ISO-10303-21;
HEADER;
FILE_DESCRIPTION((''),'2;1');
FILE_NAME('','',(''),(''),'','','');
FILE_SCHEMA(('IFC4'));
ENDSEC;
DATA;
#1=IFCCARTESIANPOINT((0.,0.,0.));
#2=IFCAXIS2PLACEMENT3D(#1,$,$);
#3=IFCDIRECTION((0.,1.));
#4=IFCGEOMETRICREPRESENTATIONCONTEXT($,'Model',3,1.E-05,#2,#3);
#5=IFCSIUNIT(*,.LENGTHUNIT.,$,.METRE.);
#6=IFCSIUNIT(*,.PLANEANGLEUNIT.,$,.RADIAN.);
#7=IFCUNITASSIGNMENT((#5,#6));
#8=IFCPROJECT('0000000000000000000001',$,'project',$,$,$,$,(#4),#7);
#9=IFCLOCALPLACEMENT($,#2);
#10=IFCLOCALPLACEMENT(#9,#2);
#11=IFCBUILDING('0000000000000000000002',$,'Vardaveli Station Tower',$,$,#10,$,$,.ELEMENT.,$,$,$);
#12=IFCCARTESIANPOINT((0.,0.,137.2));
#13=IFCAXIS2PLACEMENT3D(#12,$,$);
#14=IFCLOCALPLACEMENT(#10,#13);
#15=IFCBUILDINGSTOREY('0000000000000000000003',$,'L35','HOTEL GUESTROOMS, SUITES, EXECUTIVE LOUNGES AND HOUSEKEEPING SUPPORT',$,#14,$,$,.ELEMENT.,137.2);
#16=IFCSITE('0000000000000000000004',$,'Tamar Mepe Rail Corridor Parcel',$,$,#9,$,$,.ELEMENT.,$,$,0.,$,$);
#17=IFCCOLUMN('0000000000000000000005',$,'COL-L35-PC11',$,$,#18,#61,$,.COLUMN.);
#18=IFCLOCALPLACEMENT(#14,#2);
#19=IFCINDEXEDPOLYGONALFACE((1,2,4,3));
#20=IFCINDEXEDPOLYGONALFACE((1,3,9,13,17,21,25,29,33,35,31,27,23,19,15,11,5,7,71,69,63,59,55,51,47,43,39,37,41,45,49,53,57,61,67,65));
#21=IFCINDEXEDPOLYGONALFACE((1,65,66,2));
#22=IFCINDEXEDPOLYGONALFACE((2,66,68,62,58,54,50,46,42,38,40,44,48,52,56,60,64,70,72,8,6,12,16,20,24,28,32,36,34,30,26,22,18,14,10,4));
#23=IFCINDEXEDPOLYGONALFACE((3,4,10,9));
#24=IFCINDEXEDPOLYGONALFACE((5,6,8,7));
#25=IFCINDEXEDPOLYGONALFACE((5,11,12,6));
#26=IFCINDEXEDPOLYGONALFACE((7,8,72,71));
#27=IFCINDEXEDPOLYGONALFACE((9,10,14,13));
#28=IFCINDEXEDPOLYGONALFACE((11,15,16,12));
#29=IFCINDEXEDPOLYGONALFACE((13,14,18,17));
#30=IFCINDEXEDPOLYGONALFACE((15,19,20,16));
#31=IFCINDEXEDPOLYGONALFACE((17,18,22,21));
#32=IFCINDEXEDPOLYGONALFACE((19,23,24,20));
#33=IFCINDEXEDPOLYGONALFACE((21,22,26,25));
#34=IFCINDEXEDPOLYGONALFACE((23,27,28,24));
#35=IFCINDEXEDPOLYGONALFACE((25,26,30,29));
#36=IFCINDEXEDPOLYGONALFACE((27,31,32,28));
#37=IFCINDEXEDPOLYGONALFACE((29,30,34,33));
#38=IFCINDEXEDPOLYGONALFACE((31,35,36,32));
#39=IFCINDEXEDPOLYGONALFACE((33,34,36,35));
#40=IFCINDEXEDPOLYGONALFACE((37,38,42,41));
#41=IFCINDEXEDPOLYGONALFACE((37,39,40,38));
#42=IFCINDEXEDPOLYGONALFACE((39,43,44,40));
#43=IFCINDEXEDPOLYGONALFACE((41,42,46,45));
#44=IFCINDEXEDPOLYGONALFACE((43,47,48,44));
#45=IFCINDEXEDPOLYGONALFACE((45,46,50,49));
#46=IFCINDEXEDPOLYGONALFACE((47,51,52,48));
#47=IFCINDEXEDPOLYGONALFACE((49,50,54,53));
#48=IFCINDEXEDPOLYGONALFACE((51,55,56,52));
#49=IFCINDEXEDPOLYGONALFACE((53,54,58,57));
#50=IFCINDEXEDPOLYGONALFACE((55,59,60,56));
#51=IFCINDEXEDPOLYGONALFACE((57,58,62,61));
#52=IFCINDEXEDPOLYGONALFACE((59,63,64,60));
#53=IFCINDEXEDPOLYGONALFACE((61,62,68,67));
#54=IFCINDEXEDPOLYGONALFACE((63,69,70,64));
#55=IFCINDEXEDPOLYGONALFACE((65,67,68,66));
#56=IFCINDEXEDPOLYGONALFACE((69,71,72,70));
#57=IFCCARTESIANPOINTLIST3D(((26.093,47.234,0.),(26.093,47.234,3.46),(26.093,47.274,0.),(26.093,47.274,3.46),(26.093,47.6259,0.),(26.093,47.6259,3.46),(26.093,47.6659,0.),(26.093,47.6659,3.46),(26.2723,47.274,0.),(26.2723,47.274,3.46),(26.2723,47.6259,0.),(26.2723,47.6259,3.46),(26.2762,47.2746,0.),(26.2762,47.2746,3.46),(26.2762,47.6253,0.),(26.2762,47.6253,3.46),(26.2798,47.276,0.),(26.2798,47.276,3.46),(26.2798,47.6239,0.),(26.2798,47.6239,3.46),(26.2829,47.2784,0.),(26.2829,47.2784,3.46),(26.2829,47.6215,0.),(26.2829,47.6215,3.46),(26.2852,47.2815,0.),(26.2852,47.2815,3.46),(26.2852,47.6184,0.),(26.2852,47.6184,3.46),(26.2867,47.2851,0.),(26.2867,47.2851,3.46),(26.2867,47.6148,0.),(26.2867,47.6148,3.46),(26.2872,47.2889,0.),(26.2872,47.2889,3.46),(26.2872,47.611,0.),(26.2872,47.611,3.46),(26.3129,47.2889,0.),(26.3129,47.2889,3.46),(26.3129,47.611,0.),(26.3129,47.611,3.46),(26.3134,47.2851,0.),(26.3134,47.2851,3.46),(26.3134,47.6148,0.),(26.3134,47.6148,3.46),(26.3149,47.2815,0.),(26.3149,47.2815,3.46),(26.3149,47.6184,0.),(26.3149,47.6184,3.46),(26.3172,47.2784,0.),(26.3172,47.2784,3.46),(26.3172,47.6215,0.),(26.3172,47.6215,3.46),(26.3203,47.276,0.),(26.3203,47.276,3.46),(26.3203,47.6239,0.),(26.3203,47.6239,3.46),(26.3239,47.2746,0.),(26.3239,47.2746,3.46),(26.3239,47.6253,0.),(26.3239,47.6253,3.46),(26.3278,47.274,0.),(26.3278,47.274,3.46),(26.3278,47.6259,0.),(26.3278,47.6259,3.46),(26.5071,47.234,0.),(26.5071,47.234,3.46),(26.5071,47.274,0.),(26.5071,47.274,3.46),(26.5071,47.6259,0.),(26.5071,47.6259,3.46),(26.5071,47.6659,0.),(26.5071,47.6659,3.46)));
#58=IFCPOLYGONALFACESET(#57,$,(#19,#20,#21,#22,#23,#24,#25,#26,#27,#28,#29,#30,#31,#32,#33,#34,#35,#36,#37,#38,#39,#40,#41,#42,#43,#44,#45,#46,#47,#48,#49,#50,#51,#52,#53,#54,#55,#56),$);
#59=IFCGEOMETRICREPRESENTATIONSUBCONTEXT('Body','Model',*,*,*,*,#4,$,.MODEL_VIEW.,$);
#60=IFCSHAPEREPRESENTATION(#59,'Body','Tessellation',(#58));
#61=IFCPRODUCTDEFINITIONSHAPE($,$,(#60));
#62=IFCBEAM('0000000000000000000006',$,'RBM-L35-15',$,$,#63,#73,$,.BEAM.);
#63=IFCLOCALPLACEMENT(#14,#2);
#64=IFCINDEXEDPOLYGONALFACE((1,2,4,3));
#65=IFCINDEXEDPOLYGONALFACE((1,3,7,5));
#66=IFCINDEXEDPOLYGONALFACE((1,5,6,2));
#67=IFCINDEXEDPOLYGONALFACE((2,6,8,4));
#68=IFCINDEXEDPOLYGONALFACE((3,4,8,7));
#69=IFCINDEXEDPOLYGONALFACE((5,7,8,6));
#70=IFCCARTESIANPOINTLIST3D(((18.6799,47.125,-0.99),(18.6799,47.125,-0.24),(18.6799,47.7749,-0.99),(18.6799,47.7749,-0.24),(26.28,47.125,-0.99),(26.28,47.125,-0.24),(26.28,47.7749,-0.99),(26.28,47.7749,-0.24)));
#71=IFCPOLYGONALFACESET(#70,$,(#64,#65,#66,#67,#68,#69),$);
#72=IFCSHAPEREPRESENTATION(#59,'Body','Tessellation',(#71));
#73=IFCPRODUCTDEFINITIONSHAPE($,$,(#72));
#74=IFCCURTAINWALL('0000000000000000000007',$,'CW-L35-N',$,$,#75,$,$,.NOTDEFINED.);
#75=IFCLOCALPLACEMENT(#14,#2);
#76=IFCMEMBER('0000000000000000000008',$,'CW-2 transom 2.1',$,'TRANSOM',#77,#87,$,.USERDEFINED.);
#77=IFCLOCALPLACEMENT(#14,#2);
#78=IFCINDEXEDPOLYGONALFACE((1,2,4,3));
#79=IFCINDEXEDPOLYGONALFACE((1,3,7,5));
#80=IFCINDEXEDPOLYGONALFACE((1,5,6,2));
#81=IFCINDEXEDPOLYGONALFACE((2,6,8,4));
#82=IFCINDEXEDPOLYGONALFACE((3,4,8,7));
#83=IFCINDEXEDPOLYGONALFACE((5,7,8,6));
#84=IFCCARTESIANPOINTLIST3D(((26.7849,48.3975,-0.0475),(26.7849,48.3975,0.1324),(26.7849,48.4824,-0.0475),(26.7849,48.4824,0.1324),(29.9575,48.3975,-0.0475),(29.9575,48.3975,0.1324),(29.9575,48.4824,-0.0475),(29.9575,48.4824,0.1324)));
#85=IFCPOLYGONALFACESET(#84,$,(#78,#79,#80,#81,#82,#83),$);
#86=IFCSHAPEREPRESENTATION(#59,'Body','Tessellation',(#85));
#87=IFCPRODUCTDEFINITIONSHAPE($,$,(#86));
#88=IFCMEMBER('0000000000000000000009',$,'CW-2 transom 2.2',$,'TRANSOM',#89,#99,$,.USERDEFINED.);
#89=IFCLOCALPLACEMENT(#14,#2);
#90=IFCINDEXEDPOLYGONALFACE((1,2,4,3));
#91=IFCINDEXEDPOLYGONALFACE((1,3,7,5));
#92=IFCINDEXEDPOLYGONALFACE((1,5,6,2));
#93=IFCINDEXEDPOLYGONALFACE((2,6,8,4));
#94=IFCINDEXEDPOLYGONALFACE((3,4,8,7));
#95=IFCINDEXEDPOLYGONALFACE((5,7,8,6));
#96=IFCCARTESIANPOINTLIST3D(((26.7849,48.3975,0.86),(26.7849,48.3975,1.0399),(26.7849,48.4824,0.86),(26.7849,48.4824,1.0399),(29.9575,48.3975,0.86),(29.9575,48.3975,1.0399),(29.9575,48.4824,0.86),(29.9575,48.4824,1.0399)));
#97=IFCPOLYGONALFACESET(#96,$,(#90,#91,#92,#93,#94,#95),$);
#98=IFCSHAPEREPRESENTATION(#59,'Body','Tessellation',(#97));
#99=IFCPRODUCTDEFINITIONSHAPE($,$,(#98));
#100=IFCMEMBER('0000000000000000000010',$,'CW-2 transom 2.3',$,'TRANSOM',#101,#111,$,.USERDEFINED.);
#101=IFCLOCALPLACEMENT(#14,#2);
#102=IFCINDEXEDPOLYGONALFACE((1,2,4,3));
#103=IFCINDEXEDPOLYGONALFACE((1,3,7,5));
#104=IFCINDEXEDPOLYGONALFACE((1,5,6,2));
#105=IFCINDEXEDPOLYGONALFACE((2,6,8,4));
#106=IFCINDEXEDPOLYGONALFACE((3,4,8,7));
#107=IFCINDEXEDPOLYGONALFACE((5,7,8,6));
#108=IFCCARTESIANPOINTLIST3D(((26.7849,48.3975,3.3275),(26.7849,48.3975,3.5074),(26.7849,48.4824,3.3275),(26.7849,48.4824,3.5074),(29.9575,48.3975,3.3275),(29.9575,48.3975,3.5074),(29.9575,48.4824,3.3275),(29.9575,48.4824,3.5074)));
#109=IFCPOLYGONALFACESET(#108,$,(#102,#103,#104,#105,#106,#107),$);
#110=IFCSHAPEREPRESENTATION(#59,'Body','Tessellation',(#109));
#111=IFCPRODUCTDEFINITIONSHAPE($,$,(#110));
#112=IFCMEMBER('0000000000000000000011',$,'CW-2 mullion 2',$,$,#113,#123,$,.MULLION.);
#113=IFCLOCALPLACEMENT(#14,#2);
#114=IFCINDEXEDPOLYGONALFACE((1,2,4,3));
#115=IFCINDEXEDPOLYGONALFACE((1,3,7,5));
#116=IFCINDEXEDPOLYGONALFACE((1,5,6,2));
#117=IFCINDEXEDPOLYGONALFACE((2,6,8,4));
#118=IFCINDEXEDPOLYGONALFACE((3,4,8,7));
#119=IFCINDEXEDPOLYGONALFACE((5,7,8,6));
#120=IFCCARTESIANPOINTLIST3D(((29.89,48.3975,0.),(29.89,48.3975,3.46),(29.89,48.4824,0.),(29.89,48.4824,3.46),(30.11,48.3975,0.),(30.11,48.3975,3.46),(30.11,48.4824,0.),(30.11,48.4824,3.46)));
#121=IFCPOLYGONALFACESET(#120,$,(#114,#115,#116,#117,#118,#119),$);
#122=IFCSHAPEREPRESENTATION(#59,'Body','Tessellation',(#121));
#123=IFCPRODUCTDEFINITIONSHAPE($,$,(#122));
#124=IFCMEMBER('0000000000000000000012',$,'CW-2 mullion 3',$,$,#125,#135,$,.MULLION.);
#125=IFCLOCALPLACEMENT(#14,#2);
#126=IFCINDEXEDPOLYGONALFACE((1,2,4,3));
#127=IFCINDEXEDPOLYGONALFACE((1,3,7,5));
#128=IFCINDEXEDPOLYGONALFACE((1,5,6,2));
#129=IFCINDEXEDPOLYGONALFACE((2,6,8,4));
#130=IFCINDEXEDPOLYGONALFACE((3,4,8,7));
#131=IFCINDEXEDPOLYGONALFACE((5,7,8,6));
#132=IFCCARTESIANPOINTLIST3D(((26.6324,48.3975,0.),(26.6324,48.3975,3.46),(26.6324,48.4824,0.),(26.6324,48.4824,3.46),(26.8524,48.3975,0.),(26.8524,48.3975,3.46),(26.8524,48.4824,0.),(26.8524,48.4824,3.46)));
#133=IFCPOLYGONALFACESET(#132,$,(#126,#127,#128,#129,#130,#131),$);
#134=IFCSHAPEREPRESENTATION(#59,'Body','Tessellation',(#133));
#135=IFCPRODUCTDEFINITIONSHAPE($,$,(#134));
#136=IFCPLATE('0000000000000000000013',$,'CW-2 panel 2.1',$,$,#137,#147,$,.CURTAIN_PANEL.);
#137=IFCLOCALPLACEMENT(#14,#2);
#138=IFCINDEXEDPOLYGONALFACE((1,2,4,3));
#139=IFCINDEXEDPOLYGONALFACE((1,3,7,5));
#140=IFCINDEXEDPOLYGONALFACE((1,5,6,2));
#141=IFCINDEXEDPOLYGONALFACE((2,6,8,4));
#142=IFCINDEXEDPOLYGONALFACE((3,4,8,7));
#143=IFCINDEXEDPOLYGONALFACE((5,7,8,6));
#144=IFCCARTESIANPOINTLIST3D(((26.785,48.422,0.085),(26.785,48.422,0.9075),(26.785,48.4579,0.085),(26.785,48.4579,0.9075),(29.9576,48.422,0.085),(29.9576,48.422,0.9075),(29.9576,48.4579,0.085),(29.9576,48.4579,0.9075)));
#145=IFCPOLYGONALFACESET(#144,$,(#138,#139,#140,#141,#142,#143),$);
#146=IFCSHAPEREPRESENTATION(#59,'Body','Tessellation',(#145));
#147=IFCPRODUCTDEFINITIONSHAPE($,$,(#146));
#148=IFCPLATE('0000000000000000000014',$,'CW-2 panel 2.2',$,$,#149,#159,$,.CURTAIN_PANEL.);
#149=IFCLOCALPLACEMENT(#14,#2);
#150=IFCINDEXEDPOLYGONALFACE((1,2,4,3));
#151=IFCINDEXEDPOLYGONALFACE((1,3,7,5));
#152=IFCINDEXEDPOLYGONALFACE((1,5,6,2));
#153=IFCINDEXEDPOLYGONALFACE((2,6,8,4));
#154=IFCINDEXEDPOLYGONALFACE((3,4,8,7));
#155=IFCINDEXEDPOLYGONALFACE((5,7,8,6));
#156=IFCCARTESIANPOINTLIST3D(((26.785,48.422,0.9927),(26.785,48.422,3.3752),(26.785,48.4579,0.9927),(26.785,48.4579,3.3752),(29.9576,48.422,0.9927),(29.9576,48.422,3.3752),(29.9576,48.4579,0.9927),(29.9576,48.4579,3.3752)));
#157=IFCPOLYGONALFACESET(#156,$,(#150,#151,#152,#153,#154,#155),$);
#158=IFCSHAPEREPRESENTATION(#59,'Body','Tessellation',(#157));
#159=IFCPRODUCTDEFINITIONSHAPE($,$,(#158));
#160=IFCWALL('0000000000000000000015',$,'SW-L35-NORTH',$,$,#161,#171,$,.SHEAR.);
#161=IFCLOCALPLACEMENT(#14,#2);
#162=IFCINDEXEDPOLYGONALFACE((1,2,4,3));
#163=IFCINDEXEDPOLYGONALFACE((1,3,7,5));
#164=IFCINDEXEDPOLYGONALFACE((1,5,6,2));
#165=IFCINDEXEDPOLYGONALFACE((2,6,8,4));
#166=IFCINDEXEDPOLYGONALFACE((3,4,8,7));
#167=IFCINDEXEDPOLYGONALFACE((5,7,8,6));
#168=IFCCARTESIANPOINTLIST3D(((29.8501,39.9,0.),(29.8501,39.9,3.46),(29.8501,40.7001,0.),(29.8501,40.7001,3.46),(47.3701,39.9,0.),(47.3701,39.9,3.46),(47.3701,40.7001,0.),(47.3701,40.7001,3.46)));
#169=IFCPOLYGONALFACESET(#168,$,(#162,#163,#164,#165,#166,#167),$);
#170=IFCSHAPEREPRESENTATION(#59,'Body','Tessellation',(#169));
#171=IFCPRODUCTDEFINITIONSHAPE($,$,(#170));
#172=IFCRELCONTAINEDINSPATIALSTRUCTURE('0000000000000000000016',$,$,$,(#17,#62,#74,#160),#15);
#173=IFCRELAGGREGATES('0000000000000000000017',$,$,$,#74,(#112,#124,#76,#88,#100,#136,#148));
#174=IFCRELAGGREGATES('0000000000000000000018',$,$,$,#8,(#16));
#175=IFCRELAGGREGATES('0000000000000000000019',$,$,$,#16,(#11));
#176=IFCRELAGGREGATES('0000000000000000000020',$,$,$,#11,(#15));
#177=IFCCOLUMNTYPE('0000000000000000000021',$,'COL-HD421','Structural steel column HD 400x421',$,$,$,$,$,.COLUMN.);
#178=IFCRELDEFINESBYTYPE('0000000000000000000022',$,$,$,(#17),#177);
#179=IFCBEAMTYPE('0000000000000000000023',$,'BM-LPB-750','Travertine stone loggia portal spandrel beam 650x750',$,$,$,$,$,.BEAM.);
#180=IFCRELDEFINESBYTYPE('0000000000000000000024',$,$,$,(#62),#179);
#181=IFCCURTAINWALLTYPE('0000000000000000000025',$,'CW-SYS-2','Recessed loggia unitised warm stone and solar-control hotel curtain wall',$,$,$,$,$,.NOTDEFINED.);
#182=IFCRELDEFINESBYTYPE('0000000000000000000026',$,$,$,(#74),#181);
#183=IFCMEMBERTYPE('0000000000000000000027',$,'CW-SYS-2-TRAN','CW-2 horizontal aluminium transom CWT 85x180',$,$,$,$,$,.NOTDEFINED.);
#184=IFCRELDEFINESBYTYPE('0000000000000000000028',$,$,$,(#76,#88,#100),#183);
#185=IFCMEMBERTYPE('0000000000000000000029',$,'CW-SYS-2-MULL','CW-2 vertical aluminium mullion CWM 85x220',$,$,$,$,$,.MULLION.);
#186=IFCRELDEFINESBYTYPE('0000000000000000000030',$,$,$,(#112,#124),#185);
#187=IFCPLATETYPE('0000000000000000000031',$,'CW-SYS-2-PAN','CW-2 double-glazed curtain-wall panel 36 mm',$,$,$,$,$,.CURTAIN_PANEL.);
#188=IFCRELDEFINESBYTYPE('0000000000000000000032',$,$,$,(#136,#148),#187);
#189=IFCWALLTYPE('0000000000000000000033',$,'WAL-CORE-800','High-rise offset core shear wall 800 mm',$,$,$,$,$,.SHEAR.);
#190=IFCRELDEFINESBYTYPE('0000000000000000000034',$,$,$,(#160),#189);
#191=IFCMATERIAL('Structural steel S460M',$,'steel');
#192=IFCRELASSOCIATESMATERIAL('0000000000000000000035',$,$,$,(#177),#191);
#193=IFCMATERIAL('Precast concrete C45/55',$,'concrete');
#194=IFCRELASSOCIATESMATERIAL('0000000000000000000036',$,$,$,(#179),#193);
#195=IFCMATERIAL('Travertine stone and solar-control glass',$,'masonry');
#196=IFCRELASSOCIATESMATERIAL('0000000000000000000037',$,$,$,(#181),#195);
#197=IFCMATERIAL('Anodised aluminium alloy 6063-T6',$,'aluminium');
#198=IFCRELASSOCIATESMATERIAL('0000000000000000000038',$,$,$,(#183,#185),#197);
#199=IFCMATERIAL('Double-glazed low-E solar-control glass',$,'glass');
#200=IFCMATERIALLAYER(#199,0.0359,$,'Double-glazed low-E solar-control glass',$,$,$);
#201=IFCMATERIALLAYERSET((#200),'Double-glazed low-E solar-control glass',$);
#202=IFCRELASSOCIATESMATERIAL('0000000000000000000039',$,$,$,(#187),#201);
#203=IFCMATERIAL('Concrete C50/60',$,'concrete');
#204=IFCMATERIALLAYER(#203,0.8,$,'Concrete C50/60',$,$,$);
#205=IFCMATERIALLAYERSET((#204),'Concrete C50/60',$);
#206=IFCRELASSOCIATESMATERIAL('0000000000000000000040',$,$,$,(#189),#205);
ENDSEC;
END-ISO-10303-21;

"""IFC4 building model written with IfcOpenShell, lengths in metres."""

from ifc_helpers import new_model, si_unit, direction, frame, frame_2d, origin, origin_2d, place, context, subcontext, project, spatial, rectangle, i_section, extrude, source, transform, mapped, material, layer, layer_set, material_profile, profile_set, type_object, element, aggregate, save


model = new_model("IFC4")

# Units and contexts
model_context = context("Model", 3, precision=1e-05, world=origin(), true_north=direction((0.0, 1.0)))
body_context = subcontext(model_context, "Body", "Model", "MODEL_VIEW")
ifc_project = project(units=[si_unit("LENGTHUNIT", "METRE"), si_unit("PLANEANGLEUNIT", "RADIAN")], contexts=[model_context])

# Site, building, storey
site_placement = place(None, origin())
site = spatial("IfcSite", under=ifc_project, at=site_placement, Name="Tamar Mepe Rail Corridor Parcel", CompositionType="ELEMENT", RefElevation=0.0)
building_placement = place(site_placement, origin())
building = spatial("IfcBuilding", under=site, at=building_placement, Name="Vardaveli Station Tower", CompositionType="ELEMENT")
storey_placement = place(building_placement, frame((0.0, 0.0, 137.2)))
storey = spatial("IfcBuildingStorey", under=building, at=storey_placement, Name="L35", Description="HOTEL GUESTROOMS, SUITES, EXECUTIVE LOUNGES AND HOUSEKEEPING SUPPORT", CompositionType="ELEMENT", Elevation=137.2)

# Column
ifc_material_1 = material(Name="Structural steel S460M", Category="steel")
ifc_material_profile_1 = material_profile(ifc_material_1, i_section(OverallWidth=0.4141, OverallDepth=0.4319, WebThickness=0.0256, FlangeThickness=0.04, FilletRadius=0.0149, at=origin_2d()), Name="HD 400x421")
ifc_profile_set_1 = profile_set([ifc_material_profile_1], Name="Structural steel S460M")
column_type = type_object("IfcColumnType", Name="COL-HD421", Description="Structural steel column HD 400x421", PredefinedType="COLUMN", material=ifc_profile_set_1)
shared_shape_1 = source(origin(), body_context, "Body", "SweptSolid", [
    extrude(i_section(OverallWidth=0.4141, OverallDepth=0.4319, WebThickness=0.0256, FlangeThickness=0.04, FilletRadius=0.0149, at=origin_2d()), origin(), (0.0, 0.0, 1.0), 3.46),
])
column_placement = place(storey_placement, frame((26.3, 47.45, 0.0), z_axis=(0.0, 0.0, 1.0), x_axis=(1.0, 0.0, 0.0)))
element("IfcColumn", 1, at=column_placement, inside=storey, type_object=column_type, Name="COL-L35-PC11", PredefinedType="COLUMN", context=body_context, shape_type="MappedRepresentation", body=[
    mapped(shared_shape_1, transform((0.0, 0.0, 0.0), scale=1.0)),
])

# Beam
ifc_material_2 = material(Name="Precast concrete C45/55", Category="concrete")
ifc_material_profile_2 = material_profile(ifc_material_2, rectangle(XDim=0.6499, YDim=0.75, at=origin_2d()), Name="LPB 650x750")
ifc_profile_set_2 = profile_set([ifc_material_profile_2], Name="Precast concrete C45/55")
beam_type = type_object("IfcBeamType", Name="BM-LPB-750", Description="Travertine stone loggia portal spandrel beam 650x750", PredefinedType="BEAM", material=ifc_profile_set_2)
shared_shape_2 = source(origin(), body_context, "Body", "SweptSolid", [
    extrude(rectangle(XDim=0.6499, YDim=0.75, at=origin_2d()), origin(), (0.0, 0.0, 1.0), 7.6001),
])
beam_placement = place(storey_placement, frame((26.28, 47.45, -0.615), z_axis=(-1.0, 0.0, 0.0), x_axis=(0.0, -1.0, 0.0)))
element("IfcBeam", 2, at=beam_placement, inside=storey, type_object=beam_type, Name="RBM-L35-15", PredefinedType="BEAM", context=body_context, shape_type="MappedRepresentation", body=[
    mapped(shared_shape_2, transform((0.0, 0.0, 0.0), scale=1.0)),
])

# Curtain wall, members, plates
ifc_material_3 = material(Name="Travertine stone and solar-control glass", Category="masonry")
curtain_wall_type = type_object("IfcCurtainWallType", Name="CW-SYS-2", Description="Recessed loggia unitised warm stone and solar-control hotel curtain wall", PredefinedType="NOTDEFINED", material=ifc_material_3)
curtain_wall_placement = place(storey_placement, origin())
curtain_wall = element("IfcCurtainWall", 3, at=curtain_wall_placement, inside=storey, type_object=curtain_wall_type, Name="CW-L35-N", PredefinedType="NOTDEFINED")
ifc_material_4 = material(Name="Anodised aluminium alloy 6063-T6", Category="aluminium")
ifc_material_profile_3 = material_profile(ifc_material_4, rectangle(XDim=0.085, YDim=0.1799, at=origin_2d()), Name="CWT 85x180")
ifc_profile_set_3 = profile_set([ifc_material_profile_3], Name="Anodised aluminium alloy 6063-T6")
member_type_1 = type_object("IfcMemberType", Name="CW-SYS-2-TRAN", Description="CW-2 horizontal aluminium transom CWT 85x180", PredefinedType="NOTDEFINED", material=ifc_profile_set_3)
shared_shape_3 = source(origin(), body_context, "Body", "SweptSolid", [
    extrude(rectangle(XDim=0.085, YDim=0.1799, at=origin_2d()), origin(), (0.0, 0.0, 1.0), 3.1726),
])
member_1_placement = place(storey_placement, frame((29.9575, 48.4399, 0.0425), z_axis=(-1.0, 0.0, 0.0), x_axis=(0.0, -1.0, 0.0)))
member_1 = element("IfcMember", 4, at=member_1_placement, type_object=member_type_1, Name="CW-2 transom 2.1", ObjectType="TRANSOM", PredefinedType="USERDEFINED", context=body_context, shape_type="MappedRepresentation", body=[
    mapped(shared_shape_3, transform((0.0, 0.0, 0.0), scale=1.0)),
])
member_2_placement = place(storey_placement, frame((29.9575, 48.4399, 0.95), z_axis=(-1.0, 0.0, 0.0), x_axis=(0.0, -1.0, 0.0)))
member_2 = element("IfcMember", 5, at=member_2_placement, type_object=member_type_1, Name="CW-2 transom 2.2", ObjectType="TRANSOM", PredefinedType="USERDEFINED", context=body_context, shape_type="MappedRepresentation", body=[
    mapped(shared_shape_3, transform((0.0, 0.0, 0.0), scale=1.0)),
])
member_3_placement = place(storey_placement, frame((29.9575, 48.4399, 3.4175), z_axis=(-1.0, 0.0, 0.0), x_axis=(0.0, -1.0, 0.0)))
member_3 = element("IfcMember", 6, at=member_3_placement, type_object=member_type_1, Name="CW-2 transom 2.3", ObjectType="TRANSOM", PredefinedType="USERDEFINED", context=body_context, shape_type="MappedRepresentation", body=[
    mapped(shared_shape_3, transform((0.0, 0.0, 0.0), scale=1.0)),
])
ifc_material_profile_4 = material_profile(ifc_material_4, rectangle(XDim=0.085, YDim=0.22, at=origin_2d()), Name="CWM 85x220")
ifc_profile_set_4 = profile_set([ifc_material_profile_4], Name="Anodised aluminium alloy 6063-T6")
member_type_2 = type_object("IfcMemberType", Name="CW-SYS-2-MULL", Description="CW-2 vertical aluminium mullion CWM 85x220", PredefinedType="MULLION", material=ifc_profile_set_4)
shared_shape_4 = source(origin(), body_context, "Body", "SweptSolid", [
    extrude(rectangle(XDim=0.085, YDim=0.22, at=origin_2d()), origin(), (0.0, 0.0, 1.0), 3.46),
])
member_4_placement = place(storey_placement, frame((30.0, 48.4399, 0.0), z_axis=(0.0, 0.0, 1.0), x_axis=(0.0, -1.0, 0.0)))
member_4 = element("IfcMember", 7, at=member_4_placement, type_object=member_type_2, Name="CW-2 mullion 2", PredefinedType="MULLION", context=body_context, shape_type="MappedRepresentation", body=[
    mapped(shared_shape_4, transform((0.0, 0.0, 0.0), scale=1.0)),
])
member_5_placement = place(storey_placement, frame((26.7424, 48.4399, 0.0), z_axis=(0.0, 0.0, 1.0), x_axis=(0.0, -1.0, 0.0)))
member_5 = element("IfcMember", 8, at=member_5_placement, type_object=member_type_2, Name="CW-2 mullion 3", PredefinedType="MULLION", context=body_context, shape_type="MappedRepresentation", body=[
    mapped(shared_shape_4, transform((0.0, 0.0, 0.0), scale=1.0)),
])
ifc_material_5 = material(Name="Double-glazed low-E solar-control glass", Category="glass")
ifc_layer_1 = layer(ifc_material_5, 0.0359, Name="Double-glazed low-E solar-control glass")
ifc_layer_set_1 = layer_set([ifc_layer_1], Name="Double-glazed low-E solar-control glass")
plate_type = type_object("IfcPlateType", Name="CW-SYS-2-PAN", Description="CW-2 double-glazed curtain-wall panel 36 mm", PredefinedType="CURTAIN_PANEL", material=ifc_layer_set_1)
shared_shape_5 = source(origin(), body_context, "Body", "SweptSolid", [
    extrude(rectangle(XDim=3.1726, YDim=0.0359, at=origin_2d()), origin(), (0.0, 0.0, 1.0), 0.8225),
])
plate_1_placement = place(storey_placement, frame((28.3713, 48.4399, 0.085), z_axis=(0.0, 0.0, 1.0), x_axis=(-1.0, 0.0, 0.0)))
plate_1 = element("IfcPlate", 9, at=plate_1_placement, type_object=plate_type, Name="CW-2 panel 2.1", PredefinedType="CURTAIN_PANEL", context=body_context, shape_type="MappedRepresentation", body=[
    mapped(shared_shape_5, transform((0.0, 0.0, 0.0), scale=1.0)),
])
shared_shape_6 = source(origin(), body_context, "Body", "SweptSolid", [
    extrude(rectangle(XDim=3.1726, YDim=0.0359, at=origin_2d()), origin(), (0.0, 0.0, 1.0), 2.3826),
])
plate_2_placement = place(storey_placement, frame((28.3713, 48.4399, 0.9927), z_axis=(0.0, 0.0, 1.0), x_axis=(-1.0, 0.0, 0.0)))
plate_2 = element("IfcPlate", 10, at=plate_2_placement, type_object=plate_type, Name="CW-2 panel 2.2", PredefinedType="CURTAIN_PANEL", context=body_context, shape_type="MappedRepresentation", body=[
    mapped(shared_shape_6, transform((0.0, 0.0, 0.0), scale=1.0)),
])
aggregate(curtain_wall, [member_4, member_5, member_1, member_2, member_3, plate_1, plate_2])

# Wall
ifc_material_6 = material(Name="Concrete C50/60", Category="concrete")
ifc_layer_2 = layer(ifc_material_6, 0.8, Name="Concrete C50/60")
ifc_layer_set_2 = layer_set([ifc_layer_2], Name="Concrete C50/60")
wall_type_1 = type_object("IfcWallType", Name="WAL-CORE-800", Description="High-rise offset core shear wall 800 mm", PredefinedType="SHEAR", material=ifc_layer_set_2)
shared_shape_7 = source(origin(), body_context, "Body", "SweptSolid", [
    extrude(rectangle(XDim=17.52, YDim=0.8, at=frame_2d((8.76, 0.0))), origin(), (0.0, 0.0, 1.0), 3.46),
])
wall_1_placement = place(storey_placement, frame((29.8501, 40.3, 0.0), z_axis=(0.0, 0.0, 1.0), x_axis=(1.0, 0.0, 0.0)))
element("IfcWall", 11, at=wall_1_placement, inside=storey, type_object=wall_type_1, Name="SW-L35-NORTH", PredefinedType="SHEAR", context=body_context, shape_type="MappedRepresentation", body=[
    mapped(shared_shape_7, transform((0.0, 0.0, 0.0), scale=1.0)),
])

save(model, "model.ifc")
